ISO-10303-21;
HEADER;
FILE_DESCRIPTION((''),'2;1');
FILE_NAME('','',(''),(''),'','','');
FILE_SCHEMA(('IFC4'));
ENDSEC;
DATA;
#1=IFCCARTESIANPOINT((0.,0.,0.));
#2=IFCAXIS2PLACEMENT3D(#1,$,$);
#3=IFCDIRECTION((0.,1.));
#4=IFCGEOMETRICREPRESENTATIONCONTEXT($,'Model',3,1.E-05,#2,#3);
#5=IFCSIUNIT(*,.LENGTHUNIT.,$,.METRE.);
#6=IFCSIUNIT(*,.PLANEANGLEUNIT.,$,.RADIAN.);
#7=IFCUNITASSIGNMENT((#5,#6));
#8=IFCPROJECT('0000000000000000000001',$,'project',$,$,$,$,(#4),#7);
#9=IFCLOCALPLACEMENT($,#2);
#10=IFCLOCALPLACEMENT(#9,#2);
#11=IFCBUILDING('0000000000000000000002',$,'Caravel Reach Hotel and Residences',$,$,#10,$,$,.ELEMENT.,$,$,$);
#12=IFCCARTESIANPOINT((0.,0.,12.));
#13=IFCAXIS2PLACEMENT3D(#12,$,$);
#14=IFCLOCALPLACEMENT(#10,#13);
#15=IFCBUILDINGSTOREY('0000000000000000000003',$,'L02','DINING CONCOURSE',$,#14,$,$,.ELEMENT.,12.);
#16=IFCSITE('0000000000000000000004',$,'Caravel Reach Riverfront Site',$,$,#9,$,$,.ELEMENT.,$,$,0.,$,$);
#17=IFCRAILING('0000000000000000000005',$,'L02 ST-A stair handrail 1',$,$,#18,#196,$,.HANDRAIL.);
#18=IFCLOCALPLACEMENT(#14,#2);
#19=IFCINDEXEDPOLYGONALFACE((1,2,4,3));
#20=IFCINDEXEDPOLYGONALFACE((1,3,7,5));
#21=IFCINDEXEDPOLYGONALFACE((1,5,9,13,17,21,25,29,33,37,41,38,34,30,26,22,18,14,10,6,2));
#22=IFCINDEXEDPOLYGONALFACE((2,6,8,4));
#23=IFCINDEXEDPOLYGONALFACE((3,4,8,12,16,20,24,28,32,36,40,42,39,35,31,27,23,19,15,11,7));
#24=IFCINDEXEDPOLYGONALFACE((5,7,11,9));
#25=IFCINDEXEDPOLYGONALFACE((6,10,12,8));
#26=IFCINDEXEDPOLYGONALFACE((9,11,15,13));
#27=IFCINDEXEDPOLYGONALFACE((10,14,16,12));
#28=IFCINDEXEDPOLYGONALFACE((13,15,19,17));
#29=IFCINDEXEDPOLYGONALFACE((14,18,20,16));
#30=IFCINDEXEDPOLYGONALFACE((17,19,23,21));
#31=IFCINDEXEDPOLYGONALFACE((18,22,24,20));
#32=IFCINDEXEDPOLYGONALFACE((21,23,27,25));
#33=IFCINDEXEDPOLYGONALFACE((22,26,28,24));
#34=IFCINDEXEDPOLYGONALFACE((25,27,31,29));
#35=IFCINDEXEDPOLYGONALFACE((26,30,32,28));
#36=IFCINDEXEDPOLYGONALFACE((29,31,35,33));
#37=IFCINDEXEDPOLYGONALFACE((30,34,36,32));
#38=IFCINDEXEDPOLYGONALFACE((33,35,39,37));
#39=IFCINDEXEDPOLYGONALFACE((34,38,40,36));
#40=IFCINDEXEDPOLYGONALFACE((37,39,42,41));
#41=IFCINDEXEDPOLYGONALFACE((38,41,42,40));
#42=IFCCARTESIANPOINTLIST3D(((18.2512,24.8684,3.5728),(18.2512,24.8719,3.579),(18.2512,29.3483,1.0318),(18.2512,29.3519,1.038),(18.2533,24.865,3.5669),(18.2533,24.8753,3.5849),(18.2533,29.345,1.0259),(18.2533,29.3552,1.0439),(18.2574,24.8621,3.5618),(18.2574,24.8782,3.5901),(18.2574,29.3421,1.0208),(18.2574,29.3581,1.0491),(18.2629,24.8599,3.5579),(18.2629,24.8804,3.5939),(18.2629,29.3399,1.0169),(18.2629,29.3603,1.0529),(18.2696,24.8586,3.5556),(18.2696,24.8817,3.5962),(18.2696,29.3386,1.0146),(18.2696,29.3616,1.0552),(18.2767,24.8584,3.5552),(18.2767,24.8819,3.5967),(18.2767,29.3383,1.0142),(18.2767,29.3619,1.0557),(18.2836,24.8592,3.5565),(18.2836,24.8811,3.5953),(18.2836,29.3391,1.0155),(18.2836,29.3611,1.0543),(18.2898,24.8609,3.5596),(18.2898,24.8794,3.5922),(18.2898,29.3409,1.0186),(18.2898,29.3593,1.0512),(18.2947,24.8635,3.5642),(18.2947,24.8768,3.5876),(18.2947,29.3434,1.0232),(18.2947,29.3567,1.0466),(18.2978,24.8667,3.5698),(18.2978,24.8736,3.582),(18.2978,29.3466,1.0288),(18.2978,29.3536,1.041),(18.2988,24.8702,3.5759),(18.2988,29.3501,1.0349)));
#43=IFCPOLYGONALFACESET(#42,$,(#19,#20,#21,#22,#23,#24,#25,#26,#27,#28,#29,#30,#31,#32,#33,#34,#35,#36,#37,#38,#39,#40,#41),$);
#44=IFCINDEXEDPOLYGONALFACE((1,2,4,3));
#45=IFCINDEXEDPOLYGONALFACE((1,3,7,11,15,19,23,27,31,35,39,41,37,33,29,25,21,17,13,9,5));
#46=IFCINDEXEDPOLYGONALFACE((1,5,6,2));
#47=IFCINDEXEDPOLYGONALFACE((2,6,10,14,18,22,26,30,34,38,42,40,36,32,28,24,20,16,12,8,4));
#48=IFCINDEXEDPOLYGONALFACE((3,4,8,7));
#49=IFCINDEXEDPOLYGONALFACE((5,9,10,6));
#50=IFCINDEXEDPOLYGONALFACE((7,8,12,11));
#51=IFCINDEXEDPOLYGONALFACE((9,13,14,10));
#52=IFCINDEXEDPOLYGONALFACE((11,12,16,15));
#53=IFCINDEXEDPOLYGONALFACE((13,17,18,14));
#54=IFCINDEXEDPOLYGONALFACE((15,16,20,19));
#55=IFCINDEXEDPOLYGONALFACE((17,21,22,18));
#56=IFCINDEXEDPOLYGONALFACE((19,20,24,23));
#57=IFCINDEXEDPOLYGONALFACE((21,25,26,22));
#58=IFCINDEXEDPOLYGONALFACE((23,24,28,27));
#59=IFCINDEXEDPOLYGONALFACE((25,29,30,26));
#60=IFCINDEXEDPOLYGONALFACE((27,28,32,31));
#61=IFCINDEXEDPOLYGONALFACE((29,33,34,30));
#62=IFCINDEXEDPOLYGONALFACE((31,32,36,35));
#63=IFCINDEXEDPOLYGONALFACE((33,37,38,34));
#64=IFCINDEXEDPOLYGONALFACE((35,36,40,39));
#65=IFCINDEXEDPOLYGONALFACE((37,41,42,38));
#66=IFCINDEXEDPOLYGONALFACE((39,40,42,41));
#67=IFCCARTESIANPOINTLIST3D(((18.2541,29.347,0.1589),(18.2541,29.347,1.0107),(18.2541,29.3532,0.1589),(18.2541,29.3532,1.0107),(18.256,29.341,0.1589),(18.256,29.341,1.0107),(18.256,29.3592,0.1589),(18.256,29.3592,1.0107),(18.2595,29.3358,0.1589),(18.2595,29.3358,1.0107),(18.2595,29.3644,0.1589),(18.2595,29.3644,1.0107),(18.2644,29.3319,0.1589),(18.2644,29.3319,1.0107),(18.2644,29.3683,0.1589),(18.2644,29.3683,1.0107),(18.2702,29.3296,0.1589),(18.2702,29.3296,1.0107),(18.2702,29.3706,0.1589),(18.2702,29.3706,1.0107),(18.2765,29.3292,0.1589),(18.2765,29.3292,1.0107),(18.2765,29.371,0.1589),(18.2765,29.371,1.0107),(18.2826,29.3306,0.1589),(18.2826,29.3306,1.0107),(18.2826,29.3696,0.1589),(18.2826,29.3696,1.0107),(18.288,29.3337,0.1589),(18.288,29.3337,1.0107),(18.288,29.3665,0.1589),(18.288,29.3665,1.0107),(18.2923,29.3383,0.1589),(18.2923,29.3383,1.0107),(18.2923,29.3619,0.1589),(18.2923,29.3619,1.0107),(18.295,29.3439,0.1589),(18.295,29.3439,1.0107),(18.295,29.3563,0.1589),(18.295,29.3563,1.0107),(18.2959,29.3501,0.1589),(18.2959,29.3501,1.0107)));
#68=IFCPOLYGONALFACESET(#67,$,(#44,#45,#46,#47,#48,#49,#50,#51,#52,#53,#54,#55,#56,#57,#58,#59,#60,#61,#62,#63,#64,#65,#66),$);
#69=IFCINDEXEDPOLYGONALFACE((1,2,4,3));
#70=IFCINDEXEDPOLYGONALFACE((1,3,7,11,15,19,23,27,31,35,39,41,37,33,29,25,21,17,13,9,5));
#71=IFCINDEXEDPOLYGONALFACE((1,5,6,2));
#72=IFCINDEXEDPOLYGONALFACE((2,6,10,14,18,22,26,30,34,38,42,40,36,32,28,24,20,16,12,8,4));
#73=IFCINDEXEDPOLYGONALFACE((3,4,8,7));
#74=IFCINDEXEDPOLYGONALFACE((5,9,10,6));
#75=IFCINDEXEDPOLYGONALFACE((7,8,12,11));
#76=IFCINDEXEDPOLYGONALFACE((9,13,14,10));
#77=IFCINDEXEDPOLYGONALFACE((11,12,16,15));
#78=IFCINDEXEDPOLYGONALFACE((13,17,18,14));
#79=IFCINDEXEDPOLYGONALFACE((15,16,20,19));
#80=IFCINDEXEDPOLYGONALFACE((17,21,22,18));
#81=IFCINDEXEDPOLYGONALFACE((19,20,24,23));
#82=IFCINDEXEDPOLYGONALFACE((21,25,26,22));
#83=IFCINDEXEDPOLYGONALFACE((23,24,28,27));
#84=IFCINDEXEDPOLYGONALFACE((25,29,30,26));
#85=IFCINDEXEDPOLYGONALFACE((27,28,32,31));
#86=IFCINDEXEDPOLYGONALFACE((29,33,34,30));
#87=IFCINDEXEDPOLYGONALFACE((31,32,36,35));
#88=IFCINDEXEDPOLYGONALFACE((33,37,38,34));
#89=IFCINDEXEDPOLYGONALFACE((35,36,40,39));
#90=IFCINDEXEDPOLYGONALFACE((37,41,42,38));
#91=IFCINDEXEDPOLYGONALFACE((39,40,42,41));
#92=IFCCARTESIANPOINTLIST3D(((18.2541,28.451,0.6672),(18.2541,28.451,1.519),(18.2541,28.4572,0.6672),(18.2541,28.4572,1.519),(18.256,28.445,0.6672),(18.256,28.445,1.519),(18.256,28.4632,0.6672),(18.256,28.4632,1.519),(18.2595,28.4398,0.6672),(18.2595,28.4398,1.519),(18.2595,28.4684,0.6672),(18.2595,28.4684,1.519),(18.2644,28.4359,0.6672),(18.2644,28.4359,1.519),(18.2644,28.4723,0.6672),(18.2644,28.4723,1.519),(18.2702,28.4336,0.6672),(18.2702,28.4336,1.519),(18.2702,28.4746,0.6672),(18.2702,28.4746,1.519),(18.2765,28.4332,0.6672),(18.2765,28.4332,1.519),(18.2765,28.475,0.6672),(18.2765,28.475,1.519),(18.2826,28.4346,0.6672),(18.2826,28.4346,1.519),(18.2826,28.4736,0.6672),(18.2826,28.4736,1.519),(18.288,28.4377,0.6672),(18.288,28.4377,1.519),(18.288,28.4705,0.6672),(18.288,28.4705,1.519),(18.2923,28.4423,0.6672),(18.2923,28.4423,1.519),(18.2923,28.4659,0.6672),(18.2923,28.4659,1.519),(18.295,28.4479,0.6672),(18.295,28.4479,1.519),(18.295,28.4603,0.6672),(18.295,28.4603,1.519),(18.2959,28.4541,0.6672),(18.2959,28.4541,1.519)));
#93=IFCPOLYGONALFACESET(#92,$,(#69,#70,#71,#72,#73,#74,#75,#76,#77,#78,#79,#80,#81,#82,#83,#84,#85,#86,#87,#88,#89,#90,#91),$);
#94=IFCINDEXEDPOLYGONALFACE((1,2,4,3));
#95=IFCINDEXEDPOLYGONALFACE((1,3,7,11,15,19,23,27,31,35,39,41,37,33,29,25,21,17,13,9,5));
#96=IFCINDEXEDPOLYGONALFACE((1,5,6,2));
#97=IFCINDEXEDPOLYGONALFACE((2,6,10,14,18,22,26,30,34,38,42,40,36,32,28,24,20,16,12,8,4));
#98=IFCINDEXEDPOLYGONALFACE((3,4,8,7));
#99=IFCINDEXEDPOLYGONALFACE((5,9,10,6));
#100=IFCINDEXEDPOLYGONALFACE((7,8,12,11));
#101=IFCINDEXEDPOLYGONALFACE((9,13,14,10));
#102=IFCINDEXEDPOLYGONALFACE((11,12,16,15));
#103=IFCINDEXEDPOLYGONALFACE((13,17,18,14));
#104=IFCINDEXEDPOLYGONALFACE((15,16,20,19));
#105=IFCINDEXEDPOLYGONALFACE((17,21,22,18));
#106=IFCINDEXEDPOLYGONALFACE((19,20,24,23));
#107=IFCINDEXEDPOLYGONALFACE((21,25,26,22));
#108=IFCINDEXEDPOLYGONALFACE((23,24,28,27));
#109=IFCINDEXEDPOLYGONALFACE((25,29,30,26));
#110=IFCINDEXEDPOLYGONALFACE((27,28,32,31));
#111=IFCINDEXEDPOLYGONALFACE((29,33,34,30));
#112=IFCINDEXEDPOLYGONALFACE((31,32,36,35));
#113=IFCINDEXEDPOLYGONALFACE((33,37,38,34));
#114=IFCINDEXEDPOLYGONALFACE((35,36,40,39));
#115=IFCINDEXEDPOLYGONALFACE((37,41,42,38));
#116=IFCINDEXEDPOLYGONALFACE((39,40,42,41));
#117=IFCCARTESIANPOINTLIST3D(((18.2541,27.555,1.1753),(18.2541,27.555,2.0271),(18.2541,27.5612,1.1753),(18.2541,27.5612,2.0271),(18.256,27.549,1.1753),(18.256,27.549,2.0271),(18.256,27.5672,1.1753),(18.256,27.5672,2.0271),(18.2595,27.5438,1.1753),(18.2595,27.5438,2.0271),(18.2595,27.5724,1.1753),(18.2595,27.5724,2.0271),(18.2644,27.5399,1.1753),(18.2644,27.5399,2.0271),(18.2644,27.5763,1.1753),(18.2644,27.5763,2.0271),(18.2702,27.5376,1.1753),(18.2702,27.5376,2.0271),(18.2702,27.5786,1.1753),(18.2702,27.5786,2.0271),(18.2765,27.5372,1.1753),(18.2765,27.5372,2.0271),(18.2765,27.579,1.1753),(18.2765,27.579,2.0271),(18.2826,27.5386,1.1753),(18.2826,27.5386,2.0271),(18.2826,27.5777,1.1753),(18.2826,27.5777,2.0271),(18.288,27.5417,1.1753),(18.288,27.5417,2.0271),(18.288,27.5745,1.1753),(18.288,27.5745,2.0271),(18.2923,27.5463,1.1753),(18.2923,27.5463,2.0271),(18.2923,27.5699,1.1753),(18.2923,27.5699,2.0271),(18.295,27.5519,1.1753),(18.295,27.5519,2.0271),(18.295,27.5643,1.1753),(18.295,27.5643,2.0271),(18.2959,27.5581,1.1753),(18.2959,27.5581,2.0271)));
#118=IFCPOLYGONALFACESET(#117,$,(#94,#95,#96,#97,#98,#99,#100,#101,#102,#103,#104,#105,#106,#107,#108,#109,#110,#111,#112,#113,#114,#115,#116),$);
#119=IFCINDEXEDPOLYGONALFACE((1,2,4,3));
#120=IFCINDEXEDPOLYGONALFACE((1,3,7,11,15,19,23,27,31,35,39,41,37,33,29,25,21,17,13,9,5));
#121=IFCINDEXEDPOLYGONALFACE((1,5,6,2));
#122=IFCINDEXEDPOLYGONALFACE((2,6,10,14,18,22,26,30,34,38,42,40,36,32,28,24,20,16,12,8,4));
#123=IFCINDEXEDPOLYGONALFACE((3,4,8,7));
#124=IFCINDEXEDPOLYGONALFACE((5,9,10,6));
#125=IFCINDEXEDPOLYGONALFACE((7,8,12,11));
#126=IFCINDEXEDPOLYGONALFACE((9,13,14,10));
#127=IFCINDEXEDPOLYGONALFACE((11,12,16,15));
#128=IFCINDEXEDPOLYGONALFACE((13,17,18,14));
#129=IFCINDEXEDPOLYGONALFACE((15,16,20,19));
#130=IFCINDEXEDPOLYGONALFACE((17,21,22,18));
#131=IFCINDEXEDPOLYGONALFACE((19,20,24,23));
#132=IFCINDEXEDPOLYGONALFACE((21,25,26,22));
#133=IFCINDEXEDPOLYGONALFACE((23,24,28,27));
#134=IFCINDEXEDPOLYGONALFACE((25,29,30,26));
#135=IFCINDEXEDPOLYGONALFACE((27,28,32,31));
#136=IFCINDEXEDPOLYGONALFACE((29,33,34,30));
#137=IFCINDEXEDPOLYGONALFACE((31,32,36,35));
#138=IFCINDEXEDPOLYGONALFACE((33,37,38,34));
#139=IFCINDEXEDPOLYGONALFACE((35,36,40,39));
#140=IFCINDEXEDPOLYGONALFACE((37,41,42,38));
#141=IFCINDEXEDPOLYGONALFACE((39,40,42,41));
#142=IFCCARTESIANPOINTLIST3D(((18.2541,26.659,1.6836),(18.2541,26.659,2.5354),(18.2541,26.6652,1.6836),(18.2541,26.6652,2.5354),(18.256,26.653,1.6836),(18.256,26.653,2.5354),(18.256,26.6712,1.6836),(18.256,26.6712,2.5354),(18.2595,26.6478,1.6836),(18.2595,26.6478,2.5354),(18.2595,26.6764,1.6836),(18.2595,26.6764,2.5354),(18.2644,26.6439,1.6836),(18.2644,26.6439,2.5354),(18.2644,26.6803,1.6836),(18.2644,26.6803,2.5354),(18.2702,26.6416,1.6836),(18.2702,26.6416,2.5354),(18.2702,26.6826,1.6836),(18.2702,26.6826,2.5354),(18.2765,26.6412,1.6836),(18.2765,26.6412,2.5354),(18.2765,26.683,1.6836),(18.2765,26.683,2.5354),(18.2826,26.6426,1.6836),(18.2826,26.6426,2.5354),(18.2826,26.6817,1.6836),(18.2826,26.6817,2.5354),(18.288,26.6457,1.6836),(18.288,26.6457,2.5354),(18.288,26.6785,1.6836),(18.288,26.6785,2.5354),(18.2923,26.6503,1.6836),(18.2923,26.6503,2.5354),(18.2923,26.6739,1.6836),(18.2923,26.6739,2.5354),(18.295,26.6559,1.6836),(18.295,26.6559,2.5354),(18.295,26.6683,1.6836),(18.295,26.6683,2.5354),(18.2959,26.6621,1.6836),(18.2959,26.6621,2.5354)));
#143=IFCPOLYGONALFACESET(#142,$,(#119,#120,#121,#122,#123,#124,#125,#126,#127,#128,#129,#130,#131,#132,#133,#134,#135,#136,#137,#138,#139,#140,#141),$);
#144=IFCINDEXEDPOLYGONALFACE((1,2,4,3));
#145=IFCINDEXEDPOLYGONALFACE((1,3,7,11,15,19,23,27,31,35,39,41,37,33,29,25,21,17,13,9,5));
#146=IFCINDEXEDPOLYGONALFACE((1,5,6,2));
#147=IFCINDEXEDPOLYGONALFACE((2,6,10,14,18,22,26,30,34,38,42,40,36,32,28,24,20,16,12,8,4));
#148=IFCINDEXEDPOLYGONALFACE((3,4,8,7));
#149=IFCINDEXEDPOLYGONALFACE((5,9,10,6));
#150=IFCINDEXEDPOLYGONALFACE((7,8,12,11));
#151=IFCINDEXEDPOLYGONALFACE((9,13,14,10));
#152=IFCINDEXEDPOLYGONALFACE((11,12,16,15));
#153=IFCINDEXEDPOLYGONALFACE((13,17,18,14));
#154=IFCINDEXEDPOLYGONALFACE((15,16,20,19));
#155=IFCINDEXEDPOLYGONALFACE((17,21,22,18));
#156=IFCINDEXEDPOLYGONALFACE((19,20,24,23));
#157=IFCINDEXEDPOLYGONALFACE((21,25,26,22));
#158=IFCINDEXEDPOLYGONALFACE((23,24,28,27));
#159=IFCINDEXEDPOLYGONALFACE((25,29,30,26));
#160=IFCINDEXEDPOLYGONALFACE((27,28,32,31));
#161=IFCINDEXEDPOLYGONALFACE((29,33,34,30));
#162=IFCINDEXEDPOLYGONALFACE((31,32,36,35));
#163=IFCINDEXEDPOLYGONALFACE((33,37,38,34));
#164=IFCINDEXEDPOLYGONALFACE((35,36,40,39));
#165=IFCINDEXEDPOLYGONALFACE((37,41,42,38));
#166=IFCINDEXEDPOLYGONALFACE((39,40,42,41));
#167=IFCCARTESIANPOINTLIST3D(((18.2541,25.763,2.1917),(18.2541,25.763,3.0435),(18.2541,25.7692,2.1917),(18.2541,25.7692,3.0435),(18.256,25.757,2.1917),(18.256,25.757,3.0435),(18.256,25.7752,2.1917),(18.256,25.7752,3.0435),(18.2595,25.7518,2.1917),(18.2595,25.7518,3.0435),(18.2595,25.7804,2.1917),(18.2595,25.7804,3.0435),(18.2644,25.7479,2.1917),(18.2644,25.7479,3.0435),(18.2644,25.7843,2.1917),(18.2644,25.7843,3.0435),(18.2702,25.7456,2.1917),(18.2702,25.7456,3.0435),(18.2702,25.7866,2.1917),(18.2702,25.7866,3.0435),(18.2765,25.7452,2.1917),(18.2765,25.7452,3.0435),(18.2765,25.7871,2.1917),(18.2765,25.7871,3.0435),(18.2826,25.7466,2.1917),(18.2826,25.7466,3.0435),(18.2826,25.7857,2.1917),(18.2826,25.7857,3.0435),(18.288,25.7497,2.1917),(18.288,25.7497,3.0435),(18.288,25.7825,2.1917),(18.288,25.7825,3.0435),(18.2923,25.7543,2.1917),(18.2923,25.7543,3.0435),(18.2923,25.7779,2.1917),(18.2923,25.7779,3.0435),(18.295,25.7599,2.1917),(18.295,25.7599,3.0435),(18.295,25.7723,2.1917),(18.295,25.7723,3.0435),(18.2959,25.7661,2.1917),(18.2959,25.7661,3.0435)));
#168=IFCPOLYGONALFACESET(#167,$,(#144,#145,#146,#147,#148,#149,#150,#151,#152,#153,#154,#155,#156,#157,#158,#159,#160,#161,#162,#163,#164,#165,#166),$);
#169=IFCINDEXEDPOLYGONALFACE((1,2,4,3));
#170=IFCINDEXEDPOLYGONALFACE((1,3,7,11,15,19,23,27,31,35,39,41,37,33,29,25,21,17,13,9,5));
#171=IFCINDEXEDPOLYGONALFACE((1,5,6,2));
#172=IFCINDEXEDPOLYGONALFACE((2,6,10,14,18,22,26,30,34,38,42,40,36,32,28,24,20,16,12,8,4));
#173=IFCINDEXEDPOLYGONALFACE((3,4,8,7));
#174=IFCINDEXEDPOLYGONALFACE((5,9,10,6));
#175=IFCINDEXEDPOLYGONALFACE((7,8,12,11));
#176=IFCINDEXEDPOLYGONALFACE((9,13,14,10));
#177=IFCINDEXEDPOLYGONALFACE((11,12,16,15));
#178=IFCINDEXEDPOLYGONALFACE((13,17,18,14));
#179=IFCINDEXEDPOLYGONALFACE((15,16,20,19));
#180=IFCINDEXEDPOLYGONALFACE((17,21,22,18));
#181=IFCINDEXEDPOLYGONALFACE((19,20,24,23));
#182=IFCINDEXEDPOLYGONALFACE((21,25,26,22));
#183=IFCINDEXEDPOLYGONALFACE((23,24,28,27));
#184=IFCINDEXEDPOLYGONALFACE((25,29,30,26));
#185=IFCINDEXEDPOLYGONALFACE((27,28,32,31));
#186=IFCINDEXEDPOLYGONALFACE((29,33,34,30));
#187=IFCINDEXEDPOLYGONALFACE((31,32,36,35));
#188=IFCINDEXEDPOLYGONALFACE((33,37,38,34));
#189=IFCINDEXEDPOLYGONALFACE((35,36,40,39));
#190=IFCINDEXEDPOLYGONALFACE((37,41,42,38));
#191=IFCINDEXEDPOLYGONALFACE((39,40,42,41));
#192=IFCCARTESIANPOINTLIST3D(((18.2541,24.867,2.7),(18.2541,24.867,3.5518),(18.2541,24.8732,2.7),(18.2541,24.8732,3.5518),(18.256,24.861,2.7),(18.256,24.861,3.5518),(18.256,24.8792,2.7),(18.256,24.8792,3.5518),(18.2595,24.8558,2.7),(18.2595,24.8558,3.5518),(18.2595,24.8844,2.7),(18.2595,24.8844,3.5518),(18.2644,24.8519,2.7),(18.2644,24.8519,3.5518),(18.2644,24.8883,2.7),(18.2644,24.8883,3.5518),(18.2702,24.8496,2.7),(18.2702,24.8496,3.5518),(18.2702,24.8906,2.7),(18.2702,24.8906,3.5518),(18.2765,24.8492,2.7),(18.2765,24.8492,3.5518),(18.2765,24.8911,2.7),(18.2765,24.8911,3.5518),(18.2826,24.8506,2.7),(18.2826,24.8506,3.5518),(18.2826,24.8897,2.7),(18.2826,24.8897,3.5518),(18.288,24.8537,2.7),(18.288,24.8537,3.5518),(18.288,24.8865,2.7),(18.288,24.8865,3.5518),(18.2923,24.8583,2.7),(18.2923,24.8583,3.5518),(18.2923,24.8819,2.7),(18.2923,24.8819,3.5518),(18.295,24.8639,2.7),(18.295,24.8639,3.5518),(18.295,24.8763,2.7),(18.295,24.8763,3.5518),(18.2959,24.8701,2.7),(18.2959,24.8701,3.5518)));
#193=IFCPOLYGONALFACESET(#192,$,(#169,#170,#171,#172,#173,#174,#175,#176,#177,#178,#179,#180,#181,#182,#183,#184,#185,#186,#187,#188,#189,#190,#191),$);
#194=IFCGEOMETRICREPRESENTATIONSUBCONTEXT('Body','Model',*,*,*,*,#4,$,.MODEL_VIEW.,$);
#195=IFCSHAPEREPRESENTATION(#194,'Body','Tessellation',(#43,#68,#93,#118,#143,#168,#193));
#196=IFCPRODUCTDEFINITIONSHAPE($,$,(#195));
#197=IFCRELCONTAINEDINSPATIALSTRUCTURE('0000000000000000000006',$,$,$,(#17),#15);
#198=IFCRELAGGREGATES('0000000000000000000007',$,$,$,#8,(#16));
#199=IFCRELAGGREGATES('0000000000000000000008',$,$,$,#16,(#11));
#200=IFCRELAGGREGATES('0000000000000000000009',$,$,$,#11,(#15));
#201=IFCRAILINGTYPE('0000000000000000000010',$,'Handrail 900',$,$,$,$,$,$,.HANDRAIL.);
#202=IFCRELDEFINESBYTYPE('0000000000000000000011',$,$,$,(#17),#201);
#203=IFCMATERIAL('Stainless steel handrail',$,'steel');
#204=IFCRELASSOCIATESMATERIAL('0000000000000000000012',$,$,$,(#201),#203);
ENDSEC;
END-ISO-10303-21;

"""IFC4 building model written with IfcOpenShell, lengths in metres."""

from ifc_helpers import new_model, si_unit, direction, frame, origin, origin_2d, place, context, subcontext, project, spatial, circle, extrude, material, type_object, element, save


model = new_model("IFC4")

# Units and contexts
model_context = context("Model", 3, precision=1e-05, world=origin(), true_north=direction((0.0, 1.0)))
body_context = subcontext(model_context, "Body", "Model", "MODEL_VIEW")
ifc_project = project(units=[si_unit("LENGTHUNIT", "METRE"), si_unit("PLANEANGLEUNIT", "RADIAN")], contexts=[model_context])

# Site, building, storey
site_placement = place(None, origin())
site = spatial("IfcSite", under=ifc_project, at=site_placement, Name="Caravel Reach Riverfront Site", CompositionType="ELEMENT", RefElevation=0.0)
building_placement = place(site_placement, origin())
building = spatial("IfcBuilding", under=site, at=building_placement, Name="Caravel Reach Hotel and Residences", CompositionType="ELEMENT")
storey_placement = place(building_placement, frame((0.0, 0.0, 12.0)))
storey = spatial("IfcBuildingStorey", under=building, at=storey_placement, Name="L02", Description="DINING CONCOURSE", CompositionType="ELEMENT", Elevation=12.0)

# Railing
ifc_material_1 = material(Name="Stainless steel handrail", Category="steel")
railing_type_1 = type_object("IfcRailingType", Name="Handrail 900", PredefinedType="HANDRAIL", material=ifc_material_1)
railing_1_placement = place(storey_placement, frame((18.2749, 29.3501, 0.1589)))
element("IfcRailing", 1, at=railing_1_placement, inside=storey, type_object=railing_type_1, Name="L02 ST-A stair handrail 1", PredefinedType="HANDRAIL", context=body_context, shape_type="SweptSolid", body=[
    extrude(circle(Radius=0.0239, at=origin_2d()), frame((0.0, 0.0, 0.876), z_axis=(0.0, -0.869826, 0.493359), x_axis=(1.0, 0.0, 0.0)), (0.0, 0.0, 1.0), 5.1504),
    extrude(circle(Radius=0.021, at=origin_2d()), origin(), (0.0, 0.0, 1.0), 0.8518),
    extrude(circle(Radius=0.021, at=origin_2d()), frame((0.0, -0.896, 0.5083)), (0.0, 0.0, 1.0), 0.8518),
    extrude(circle(Radius=0.021, at=origin_2d()), frame((0.0, -1.792, 1.0164)), (0.0, 0.0, 1.0), 0.8518),
    extrude(circle(Radius=0.021, at=origin_2d()), frame((0.0, -2.688, 1.5247)), (0.0, 0.0, 1.0), 0.8518),
    extrude(circle(Radius=0.021, at=origin_2d()), frame((0.0, -3.584, 2.0327)), (0.0, 0.0, 1.0), 0.8518),
    extrude(circle(Radius=0.021, at=origin_2d()), frame((0.0, -4.48, 2.541)), (0.0, 0.0, 1.0), 0.8518),
])

save(model, "model.ifc")
